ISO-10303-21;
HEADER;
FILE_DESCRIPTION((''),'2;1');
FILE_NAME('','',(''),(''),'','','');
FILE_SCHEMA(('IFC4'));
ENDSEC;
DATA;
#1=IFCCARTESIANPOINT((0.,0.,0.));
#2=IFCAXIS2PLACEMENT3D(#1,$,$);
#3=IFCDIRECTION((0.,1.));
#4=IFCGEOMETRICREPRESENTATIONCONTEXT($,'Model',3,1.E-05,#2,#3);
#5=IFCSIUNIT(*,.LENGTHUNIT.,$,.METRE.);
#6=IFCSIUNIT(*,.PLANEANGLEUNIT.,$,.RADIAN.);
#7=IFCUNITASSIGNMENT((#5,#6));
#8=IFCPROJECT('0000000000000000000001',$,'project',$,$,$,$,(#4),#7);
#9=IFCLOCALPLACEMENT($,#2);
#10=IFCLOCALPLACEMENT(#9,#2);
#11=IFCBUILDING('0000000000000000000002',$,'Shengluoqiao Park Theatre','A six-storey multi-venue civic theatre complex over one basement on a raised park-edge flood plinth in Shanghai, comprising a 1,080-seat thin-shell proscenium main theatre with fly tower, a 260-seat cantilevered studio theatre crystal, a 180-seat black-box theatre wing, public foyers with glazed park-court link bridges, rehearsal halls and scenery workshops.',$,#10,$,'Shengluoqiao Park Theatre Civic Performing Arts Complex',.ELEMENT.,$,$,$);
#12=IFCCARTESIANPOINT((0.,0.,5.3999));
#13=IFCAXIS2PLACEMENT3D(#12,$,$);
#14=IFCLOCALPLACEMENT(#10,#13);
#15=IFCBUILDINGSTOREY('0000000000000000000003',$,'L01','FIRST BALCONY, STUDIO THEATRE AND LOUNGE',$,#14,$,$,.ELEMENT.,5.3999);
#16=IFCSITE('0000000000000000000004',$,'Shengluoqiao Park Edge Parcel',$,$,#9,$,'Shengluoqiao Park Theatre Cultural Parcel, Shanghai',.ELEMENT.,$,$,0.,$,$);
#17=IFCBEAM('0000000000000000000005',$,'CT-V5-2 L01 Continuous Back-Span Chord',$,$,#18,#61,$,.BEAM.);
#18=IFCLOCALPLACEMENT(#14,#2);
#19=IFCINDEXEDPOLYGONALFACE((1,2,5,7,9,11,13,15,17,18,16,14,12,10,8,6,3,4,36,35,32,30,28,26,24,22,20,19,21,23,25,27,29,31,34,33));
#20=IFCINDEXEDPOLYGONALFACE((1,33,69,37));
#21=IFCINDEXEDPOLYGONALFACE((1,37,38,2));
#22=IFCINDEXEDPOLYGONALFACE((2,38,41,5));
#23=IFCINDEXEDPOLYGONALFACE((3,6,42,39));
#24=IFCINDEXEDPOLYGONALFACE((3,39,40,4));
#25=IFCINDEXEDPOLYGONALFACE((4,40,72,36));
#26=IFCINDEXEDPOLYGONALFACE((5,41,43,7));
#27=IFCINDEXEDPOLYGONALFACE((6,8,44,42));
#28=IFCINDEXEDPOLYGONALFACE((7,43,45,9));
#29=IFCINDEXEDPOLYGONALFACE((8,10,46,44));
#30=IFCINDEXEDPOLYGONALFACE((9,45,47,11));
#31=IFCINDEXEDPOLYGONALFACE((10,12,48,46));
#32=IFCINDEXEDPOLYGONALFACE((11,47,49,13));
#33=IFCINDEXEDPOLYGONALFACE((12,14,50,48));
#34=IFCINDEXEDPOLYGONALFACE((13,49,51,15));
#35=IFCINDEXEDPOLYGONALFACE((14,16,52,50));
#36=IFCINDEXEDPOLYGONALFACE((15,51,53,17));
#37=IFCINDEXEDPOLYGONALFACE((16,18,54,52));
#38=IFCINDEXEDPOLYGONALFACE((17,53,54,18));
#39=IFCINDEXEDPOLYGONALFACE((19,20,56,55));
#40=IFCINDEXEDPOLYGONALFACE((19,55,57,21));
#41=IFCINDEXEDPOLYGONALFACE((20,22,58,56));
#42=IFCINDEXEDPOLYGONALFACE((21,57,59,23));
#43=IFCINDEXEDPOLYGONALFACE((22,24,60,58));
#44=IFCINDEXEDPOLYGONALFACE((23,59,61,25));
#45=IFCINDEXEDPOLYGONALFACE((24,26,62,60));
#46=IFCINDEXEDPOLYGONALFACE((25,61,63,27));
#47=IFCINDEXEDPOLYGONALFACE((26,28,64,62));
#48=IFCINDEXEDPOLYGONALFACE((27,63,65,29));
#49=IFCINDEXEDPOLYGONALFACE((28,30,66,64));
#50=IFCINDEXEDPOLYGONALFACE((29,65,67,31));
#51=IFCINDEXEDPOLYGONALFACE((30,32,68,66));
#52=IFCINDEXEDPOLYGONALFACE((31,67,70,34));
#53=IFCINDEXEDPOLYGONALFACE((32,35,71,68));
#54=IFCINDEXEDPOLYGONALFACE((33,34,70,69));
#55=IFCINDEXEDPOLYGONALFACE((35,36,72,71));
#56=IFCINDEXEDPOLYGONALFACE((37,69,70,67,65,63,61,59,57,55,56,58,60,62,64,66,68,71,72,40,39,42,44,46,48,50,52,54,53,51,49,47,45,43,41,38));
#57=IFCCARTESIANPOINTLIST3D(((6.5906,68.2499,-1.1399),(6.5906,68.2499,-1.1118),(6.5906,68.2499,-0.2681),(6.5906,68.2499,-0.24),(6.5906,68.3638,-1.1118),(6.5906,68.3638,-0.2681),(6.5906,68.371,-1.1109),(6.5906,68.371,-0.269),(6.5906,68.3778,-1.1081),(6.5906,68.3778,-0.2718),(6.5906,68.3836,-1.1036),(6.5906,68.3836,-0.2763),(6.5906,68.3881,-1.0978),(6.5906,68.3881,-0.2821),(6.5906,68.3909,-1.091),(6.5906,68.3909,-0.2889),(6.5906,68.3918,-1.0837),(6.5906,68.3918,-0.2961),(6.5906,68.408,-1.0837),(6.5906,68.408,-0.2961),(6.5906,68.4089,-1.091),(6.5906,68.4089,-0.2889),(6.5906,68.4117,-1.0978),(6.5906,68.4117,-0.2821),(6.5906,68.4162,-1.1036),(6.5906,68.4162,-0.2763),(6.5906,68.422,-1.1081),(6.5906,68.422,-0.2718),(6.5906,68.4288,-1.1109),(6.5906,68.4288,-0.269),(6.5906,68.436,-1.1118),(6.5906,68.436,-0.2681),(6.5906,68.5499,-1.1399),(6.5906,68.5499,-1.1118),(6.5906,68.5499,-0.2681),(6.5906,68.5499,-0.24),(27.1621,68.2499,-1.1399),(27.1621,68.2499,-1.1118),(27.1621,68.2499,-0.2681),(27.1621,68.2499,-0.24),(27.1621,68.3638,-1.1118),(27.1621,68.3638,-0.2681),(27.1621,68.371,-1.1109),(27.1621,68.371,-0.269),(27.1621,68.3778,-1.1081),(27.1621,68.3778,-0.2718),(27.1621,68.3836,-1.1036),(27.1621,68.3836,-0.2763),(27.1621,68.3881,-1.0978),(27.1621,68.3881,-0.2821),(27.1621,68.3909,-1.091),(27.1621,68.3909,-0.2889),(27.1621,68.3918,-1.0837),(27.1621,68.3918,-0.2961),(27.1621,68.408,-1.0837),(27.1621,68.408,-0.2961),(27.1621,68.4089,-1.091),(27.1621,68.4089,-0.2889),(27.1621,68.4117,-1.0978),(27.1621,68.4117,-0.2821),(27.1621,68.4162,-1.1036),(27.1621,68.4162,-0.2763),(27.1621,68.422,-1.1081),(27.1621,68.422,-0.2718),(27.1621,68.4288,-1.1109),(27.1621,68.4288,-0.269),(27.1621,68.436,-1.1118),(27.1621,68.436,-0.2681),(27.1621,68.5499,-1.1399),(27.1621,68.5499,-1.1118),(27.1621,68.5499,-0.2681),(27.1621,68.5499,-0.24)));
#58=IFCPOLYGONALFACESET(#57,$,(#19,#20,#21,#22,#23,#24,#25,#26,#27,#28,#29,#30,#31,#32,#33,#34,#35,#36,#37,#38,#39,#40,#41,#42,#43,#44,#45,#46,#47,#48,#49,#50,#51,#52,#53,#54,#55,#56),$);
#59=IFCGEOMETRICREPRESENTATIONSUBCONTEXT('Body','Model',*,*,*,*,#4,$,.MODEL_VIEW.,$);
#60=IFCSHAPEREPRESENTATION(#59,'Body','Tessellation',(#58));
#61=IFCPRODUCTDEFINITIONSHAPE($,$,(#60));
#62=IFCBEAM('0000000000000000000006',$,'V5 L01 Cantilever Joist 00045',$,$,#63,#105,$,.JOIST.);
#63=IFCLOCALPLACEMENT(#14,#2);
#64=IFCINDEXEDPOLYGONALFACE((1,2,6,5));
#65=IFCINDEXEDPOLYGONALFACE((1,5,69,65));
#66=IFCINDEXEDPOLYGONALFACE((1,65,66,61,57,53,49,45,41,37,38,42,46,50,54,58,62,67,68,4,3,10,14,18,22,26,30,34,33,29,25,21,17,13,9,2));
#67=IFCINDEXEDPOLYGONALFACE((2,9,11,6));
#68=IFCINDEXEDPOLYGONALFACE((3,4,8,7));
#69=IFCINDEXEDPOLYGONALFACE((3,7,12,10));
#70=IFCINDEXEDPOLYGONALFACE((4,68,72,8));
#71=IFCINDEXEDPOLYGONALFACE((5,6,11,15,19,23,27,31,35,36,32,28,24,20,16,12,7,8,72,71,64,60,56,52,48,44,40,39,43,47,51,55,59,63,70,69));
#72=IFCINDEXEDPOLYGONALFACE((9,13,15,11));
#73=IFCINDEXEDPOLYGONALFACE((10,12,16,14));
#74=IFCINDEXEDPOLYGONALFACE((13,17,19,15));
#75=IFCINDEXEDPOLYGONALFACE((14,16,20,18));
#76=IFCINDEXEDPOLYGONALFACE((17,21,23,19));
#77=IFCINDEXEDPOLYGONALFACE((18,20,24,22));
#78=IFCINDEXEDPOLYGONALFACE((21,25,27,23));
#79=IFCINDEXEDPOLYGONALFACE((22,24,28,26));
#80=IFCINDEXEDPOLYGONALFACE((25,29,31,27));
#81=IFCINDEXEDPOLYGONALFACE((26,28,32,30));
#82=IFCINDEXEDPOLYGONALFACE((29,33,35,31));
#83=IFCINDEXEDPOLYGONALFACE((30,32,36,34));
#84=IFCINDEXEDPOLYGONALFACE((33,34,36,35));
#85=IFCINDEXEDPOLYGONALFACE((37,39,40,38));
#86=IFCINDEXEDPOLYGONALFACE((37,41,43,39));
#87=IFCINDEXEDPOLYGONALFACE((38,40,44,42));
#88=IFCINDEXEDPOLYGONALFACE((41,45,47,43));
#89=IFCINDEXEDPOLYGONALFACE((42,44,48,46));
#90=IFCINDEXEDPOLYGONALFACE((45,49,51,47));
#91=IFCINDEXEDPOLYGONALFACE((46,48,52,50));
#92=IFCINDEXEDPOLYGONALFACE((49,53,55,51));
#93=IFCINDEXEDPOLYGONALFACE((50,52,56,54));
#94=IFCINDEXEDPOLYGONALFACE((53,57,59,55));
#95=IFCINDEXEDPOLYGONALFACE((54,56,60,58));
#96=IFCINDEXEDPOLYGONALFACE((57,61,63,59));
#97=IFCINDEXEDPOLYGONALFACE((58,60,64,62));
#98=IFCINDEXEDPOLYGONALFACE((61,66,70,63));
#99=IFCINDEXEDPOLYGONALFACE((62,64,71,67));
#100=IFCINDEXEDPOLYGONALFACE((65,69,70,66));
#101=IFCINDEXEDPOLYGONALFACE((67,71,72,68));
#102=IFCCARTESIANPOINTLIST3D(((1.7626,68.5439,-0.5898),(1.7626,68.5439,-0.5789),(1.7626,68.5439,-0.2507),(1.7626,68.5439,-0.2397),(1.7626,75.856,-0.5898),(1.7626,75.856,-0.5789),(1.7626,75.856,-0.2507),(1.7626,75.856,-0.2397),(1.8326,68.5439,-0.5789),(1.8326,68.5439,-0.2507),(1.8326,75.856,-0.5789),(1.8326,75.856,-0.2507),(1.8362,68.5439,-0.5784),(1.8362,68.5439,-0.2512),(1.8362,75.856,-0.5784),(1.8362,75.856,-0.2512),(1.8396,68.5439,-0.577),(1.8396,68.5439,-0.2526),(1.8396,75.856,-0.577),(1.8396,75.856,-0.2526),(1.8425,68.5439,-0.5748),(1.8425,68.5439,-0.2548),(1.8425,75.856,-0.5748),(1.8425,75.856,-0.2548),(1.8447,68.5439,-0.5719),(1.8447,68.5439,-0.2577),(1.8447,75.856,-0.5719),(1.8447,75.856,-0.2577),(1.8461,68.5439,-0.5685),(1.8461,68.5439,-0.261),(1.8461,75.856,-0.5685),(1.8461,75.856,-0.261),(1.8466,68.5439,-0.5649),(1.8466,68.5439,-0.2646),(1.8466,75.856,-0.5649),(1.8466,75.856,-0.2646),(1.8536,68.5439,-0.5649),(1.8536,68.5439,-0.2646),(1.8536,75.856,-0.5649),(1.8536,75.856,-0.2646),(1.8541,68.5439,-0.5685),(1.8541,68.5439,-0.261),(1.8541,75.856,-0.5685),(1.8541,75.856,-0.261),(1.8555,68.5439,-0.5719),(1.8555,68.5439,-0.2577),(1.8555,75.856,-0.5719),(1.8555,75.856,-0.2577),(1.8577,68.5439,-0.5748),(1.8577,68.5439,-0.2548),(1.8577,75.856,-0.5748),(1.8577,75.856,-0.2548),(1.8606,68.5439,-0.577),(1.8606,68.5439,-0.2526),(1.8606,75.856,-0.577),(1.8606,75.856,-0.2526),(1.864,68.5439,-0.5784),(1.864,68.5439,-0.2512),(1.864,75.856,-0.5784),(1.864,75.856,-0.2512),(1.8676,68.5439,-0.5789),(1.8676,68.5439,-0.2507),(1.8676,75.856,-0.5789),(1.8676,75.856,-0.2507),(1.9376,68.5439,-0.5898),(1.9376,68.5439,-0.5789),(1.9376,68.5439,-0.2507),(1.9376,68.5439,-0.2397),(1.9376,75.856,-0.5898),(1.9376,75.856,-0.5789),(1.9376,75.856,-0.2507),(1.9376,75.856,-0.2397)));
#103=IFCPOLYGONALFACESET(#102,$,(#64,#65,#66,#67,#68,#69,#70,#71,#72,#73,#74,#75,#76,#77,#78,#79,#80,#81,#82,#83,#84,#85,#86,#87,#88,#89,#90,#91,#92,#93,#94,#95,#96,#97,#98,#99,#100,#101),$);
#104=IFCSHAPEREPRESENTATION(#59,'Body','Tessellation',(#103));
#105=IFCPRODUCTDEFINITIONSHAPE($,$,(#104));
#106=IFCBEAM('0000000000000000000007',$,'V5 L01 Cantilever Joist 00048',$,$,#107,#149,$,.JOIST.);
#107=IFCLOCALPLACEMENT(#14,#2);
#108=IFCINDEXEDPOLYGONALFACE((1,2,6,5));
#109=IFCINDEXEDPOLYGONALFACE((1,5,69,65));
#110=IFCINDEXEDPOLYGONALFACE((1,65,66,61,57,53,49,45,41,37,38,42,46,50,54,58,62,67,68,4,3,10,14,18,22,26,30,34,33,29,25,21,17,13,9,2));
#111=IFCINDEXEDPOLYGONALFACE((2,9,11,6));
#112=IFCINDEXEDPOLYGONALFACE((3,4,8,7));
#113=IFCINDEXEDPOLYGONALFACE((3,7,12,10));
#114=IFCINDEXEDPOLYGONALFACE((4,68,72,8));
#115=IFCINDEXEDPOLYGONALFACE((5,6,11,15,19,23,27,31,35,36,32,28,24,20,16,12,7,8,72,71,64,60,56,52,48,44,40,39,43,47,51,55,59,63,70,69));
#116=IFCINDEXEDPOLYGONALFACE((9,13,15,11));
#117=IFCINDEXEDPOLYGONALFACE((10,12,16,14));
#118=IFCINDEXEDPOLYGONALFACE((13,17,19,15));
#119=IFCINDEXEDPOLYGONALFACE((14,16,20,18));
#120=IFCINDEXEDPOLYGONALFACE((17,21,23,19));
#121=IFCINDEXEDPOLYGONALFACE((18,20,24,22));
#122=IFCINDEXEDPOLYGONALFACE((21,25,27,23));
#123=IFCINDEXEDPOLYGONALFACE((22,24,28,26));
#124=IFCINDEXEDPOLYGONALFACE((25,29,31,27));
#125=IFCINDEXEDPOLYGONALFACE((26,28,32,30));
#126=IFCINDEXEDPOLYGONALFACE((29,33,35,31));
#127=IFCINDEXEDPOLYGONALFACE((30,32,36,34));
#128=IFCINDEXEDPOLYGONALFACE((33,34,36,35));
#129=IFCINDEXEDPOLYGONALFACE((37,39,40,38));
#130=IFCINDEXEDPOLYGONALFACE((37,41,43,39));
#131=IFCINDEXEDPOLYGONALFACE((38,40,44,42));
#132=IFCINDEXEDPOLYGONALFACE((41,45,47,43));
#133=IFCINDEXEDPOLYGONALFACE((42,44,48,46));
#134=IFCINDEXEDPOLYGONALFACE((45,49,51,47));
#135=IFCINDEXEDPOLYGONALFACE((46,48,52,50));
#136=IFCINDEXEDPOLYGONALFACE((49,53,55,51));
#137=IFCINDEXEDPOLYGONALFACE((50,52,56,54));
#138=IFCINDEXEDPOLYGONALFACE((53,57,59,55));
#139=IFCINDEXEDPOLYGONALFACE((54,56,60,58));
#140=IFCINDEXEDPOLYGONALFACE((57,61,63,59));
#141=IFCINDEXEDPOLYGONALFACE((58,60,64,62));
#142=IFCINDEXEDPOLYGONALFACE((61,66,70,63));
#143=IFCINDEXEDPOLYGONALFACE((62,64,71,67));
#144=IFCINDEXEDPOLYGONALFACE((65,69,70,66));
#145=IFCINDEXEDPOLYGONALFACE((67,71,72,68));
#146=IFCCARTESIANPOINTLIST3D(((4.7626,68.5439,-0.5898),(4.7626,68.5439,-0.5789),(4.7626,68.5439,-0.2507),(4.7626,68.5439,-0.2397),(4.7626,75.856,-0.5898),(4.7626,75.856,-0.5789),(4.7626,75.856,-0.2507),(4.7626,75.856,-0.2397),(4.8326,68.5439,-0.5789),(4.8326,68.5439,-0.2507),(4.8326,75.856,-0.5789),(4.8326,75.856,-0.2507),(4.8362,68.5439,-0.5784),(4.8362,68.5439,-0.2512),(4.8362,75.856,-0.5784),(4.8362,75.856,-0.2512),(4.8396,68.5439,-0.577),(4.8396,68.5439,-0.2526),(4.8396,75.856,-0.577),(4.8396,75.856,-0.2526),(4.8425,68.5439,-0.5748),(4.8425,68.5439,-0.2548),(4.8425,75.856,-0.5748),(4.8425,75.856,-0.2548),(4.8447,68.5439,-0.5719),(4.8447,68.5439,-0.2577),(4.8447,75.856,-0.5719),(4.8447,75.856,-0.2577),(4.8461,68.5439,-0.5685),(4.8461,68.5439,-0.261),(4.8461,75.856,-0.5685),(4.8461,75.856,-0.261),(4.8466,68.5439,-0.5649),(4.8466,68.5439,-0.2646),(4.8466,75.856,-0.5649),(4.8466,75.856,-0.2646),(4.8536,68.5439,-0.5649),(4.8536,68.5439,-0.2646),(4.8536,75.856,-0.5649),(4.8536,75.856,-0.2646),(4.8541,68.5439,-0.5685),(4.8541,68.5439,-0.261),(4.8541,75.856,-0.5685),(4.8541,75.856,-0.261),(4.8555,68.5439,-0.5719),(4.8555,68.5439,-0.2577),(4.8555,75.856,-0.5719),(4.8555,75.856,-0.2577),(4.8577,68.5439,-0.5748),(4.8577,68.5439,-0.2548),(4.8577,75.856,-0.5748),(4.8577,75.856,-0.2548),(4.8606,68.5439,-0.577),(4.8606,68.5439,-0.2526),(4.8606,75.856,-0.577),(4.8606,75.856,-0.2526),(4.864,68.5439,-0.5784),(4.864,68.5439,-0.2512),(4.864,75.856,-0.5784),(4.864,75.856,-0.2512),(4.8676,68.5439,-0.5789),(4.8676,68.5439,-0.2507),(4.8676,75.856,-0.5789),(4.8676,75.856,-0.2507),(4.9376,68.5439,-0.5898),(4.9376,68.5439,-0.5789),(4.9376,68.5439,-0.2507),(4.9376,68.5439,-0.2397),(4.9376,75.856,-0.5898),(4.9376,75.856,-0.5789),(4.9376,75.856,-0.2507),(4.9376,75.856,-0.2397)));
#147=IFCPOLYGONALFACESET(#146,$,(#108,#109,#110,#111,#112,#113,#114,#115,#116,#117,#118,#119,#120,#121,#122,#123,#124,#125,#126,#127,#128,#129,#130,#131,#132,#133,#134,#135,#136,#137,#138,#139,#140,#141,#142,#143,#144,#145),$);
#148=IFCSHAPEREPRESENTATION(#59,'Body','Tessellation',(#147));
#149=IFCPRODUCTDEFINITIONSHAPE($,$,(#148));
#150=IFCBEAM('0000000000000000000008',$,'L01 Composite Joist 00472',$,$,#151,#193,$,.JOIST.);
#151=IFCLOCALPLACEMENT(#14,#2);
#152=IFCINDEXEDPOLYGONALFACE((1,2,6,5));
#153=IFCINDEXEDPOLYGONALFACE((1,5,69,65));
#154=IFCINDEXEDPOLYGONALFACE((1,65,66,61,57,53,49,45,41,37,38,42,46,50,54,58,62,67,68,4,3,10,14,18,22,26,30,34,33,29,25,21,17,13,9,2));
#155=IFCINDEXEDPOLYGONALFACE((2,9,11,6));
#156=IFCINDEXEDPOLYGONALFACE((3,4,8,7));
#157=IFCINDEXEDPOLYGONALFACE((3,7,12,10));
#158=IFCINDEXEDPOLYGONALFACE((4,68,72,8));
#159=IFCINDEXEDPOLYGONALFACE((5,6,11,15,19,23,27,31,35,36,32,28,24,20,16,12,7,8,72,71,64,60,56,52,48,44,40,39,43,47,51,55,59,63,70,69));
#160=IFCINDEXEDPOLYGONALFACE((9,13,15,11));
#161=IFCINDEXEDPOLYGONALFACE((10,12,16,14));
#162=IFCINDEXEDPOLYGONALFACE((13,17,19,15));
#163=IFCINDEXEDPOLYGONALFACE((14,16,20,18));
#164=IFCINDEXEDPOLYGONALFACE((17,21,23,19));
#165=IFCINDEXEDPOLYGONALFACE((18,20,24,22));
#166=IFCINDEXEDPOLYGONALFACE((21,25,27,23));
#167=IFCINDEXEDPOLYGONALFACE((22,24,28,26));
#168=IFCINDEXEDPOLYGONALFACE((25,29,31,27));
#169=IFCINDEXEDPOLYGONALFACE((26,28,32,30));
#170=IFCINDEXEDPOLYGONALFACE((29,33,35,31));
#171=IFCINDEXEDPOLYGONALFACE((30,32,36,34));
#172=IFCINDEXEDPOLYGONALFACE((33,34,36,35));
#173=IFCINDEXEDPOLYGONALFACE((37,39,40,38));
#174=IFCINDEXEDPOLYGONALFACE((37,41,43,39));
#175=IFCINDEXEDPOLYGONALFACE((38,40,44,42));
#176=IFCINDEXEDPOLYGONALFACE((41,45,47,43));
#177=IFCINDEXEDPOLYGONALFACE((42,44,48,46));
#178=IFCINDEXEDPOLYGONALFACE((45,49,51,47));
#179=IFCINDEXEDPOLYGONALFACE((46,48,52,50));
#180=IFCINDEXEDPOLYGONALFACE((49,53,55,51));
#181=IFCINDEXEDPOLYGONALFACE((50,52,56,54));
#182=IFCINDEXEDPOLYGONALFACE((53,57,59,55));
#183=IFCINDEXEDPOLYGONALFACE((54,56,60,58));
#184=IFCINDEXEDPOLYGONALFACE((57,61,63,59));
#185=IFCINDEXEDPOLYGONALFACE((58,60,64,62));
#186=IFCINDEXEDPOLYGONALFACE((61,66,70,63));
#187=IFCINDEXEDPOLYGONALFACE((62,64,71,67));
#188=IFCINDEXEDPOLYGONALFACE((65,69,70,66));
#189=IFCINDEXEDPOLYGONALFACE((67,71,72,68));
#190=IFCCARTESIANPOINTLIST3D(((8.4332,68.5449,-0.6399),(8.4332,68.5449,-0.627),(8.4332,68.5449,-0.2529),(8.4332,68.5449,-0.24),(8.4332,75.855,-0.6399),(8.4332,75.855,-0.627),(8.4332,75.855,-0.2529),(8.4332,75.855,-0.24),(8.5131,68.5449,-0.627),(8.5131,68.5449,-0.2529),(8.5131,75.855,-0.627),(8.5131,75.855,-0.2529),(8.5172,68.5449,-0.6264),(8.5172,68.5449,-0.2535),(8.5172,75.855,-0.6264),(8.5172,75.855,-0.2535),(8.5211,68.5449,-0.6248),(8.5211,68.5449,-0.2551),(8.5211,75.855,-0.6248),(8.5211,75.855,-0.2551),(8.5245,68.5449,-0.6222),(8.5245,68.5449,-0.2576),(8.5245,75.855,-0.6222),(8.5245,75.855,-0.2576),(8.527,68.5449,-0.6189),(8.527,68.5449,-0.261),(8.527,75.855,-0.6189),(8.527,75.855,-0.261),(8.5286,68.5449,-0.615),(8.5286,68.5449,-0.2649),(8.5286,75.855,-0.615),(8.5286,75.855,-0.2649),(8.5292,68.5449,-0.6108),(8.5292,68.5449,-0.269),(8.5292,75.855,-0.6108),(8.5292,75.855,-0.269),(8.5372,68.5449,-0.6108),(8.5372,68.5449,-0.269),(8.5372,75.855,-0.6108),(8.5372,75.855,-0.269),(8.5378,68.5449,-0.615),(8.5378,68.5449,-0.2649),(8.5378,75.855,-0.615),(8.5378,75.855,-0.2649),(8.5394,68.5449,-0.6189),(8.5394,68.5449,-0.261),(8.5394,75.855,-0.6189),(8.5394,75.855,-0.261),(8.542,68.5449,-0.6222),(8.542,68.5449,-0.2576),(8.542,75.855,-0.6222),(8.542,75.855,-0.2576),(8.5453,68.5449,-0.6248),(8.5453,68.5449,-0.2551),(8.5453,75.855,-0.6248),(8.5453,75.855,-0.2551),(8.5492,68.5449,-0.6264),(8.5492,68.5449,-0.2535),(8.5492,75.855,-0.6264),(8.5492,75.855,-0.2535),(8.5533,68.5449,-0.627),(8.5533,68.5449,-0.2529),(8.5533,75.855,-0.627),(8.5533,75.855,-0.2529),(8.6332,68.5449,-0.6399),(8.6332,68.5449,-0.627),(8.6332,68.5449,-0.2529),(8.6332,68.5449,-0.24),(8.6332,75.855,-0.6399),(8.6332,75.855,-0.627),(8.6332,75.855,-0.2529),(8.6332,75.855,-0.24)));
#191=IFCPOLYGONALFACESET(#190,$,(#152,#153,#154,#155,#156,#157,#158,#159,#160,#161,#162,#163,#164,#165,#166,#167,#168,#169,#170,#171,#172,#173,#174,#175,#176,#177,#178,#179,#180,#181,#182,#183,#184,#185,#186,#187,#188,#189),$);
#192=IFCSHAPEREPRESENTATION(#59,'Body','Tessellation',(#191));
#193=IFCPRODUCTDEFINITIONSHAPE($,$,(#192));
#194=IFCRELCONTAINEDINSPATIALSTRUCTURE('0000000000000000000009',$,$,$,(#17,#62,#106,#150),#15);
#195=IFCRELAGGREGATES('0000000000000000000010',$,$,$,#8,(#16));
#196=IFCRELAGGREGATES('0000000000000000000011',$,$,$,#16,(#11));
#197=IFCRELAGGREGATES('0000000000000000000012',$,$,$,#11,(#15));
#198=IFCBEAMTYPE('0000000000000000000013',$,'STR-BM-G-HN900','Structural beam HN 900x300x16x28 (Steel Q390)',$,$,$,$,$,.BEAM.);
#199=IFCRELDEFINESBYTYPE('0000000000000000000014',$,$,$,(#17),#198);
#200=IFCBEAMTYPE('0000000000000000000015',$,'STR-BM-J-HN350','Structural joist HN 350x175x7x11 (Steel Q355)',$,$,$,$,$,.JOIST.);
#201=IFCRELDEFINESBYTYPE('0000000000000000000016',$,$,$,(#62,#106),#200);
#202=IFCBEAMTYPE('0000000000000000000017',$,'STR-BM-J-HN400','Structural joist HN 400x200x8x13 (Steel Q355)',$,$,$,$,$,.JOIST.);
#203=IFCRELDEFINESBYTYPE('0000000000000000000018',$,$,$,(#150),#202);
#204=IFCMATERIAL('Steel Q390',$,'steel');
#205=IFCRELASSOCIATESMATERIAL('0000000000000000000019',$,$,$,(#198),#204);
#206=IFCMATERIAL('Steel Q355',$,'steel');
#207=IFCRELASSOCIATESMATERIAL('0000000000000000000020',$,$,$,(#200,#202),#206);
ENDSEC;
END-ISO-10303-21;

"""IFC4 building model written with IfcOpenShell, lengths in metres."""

from ifc_helpers import new_model, si_unit, direction, frame, origin, origin_2d, place, context, subcontext, project, spatial, i_section, extrude, material, material_profile, profile_set, type_object, element, save


model = new_model("IFC4")

# Units and contexts
model_context = context("Model", 3, precision=1e-05, world=origin(), true_north=direction((0.0, 1.0)))
body_context = subcontext(model_context, "Body", "Model", "MODEL_VIEW")
ifc_project = project(units=[si_unit("LENGTHUNIT", "METRE"), si_unit("PLANEANGLEUNIT", "RADIAN")], contexts=[model_context])

# Site, building, storey
site_placement = place(None, origin())
site = spatial("IfcSite", under=ifc_project, at=site_placement, Name="Shengluoqiao Park Edge Parcel", LongName="Shengluoqiao Park Theatre Cultural Parcel, Shanghai", CompositionType="ELEMENT", RefElevation=0.0)
building_placement = place(site_placement, origin())
building = spatial("IfcBuilding", under=site, at=building_placement, Name="Shengluoqiao Park Theatre", Description="A six-storey multi-venue civic theatre complex over one basement on a raised park-edge flood plinth in Shanghai, comprising a 1,080-seat thin-shell proscenium main theatre with fly tower, a 260-seat cantilevered studio theatre crystal, a 180-seat black-box theatre wing, public foyers with glazed park-court link bridges, rehearsal halls and scenery workshops.", LongName="Shengluoqiao Park Theatre Civic Performing Arts Complex", CompositionType="ELEMENT")
storey_placement = place(building_placement, frame((0.0, 0.0, 5.3999)))
storey = spatial("IfcBuildingStorey", under=building, at=storey_placement, Name="L01", Description="FIRST BALCONY, STUDIO THEATRE AND LOUNGE", CompositionType="ELEMENT", Elevation=5.3999)

# Shared definitions
ifc_material_1 = material(Name="Steel Q355", Category="steel")

# Beams
ifc_material_2 = material(Name="Steel Q390", Category="steel")
ifc_material_profile_1 = material_profile(ifc_material_2, i_section(OverallWidth=0.3, OverallDepth=0.8999, WebThickness=0.0161, FlangeThickness=0.0281, FilletRadius=0.0281, at=origin_2d()), Name="HN 900x300x16x28")
ifc_profile_set_1 = profile_set([ifc_material_profile_1], Name="Steel Q390")
beam_type_1 = type_object("IfcBeamType", Name="STR-BM-G-HN900", Description="Structural beam HN 900x300x16x28 (Steel Q390)", PredefinedType="BEAM", material=ifc_profile_set_1)
beam_1_placement = place(storey_placement, frame((6.5906, 68.3999, -0.6899), z_axis=(1.0, 0.0, 0.0), x_axis=(0.0, 1.0, 0.0)))
element("IfcBeam", 1, at=beam_1_placement, inside=storey, type_object=beam_type_1, Name="CT-V5-2 L01 Continuous Back-Span Chord", PredefinedType="BEAM", context=body_context, shape_type="SweptSolid", body=[
    extrude(i_section(OverallWidth=0.3, OverallDepth=0.8999, WebThickness=0.0161, FlangeThickness=0.0281, FilletRadius=0.0281, at=origin_2d()), origin(), (0.0, 0.0, 1.0), 20.5715),
])
ifc_material_profile_2 = material_profile(ifc_material_1, i_section(OverallWidth=0.175, OverallDepth=0.3501, WebThickness=0.0071, FlangeThickness=0.011, FilletRadius=0.0139, at=origin_2d()), Name="HN 350x175x7x11")
ifc_profile_set_2 = profile_set([ifc_material_profile_2], Name="Steel Q355")
beam_type_2 = type_object("IfcBeamType", Name="STR-BM-J-HN350", Description="Structural joist HN 350x175x7x11 (Steel Q355)", PredefinedType="JOIST", material=ifc_profile_set_2)
for number, where, z_axis, x_axis, name in (
    (2, (1.8501, 68.5439, -0.4148), (0.0, 1.0, 0.0), (-1.0, 0.0, 0.0), "V5 L01 Cantilever Joist 00045"),
    (3, (4.8501, 68.5439, -0.4148), (0.0, 1.0, 0.0), (-1.0, 0.0, 0.0), "V5 L01 Cantilever Joist 00048"),
):
    element("IfcBeam", number, at=place(storey_placement, frame(where, z_axis=z_axis, x_axis=x_axis)), inside=storey, type_object=beam_type_2, Name=name, PredefinedType="JOIST", context=body_context, shape_type="SweptSolid", body=[
        extrude(i_section(OverallWidth=0.175, OverallDepth=0.3501, WebThickness=0.0071, FlangeThickness=0.011, FilletRadius=0.0139, at=origin_2d()), origin(), (0.0, 0.0, 1.0), 7.312),
    ])
ifc_material_profile_3 = material_profile(ifc_material_1, i_section(OverallWidth=0.2, OverallDepth=0.3999, WebThickness=0.0081, FlangeThickness=0.0129, FilletRadius=0.0161, at=origin_2d()), Name="HN 400x200x8x13")
ifc_profile_set_3 = profile_set([ifc_material_profile_3], Name="Steel Q355")
beam_type_3 = type_object("IfcBeamType", Name="STR-BM-J-HN400", Description="Structural joist HN 400x200x8x13 (Steel Q355)", PredefinedType="JOIST", material=ifc_profile_set_3)
beam_2_placement = place(storey_placement, frame((8.5332, 68.5449, -0.4399), z_axis=(0.0, 1.0, 0.0), x_axis=(-1.0, 0.0, 0.0)))
element("IfcBeam", 4, at=beam_2_placement, inside=storey, type_object=beam_type_3, Name="L01 Composite Joist 00472", PredefinedType="JOIST", context=body_context, shape_type="SweptSolid", body=[
    extrude(i_section(OverallWidth=0.2, OverallDepth=0.3999, WebThickness=0.0081, FlangeThickness=0.0129, FilletRadius=0.0161, at=origin_2d()), origin(), (0.0, 0.0, 1.0), 7.3101),
])

save(model, "model.ifc")
